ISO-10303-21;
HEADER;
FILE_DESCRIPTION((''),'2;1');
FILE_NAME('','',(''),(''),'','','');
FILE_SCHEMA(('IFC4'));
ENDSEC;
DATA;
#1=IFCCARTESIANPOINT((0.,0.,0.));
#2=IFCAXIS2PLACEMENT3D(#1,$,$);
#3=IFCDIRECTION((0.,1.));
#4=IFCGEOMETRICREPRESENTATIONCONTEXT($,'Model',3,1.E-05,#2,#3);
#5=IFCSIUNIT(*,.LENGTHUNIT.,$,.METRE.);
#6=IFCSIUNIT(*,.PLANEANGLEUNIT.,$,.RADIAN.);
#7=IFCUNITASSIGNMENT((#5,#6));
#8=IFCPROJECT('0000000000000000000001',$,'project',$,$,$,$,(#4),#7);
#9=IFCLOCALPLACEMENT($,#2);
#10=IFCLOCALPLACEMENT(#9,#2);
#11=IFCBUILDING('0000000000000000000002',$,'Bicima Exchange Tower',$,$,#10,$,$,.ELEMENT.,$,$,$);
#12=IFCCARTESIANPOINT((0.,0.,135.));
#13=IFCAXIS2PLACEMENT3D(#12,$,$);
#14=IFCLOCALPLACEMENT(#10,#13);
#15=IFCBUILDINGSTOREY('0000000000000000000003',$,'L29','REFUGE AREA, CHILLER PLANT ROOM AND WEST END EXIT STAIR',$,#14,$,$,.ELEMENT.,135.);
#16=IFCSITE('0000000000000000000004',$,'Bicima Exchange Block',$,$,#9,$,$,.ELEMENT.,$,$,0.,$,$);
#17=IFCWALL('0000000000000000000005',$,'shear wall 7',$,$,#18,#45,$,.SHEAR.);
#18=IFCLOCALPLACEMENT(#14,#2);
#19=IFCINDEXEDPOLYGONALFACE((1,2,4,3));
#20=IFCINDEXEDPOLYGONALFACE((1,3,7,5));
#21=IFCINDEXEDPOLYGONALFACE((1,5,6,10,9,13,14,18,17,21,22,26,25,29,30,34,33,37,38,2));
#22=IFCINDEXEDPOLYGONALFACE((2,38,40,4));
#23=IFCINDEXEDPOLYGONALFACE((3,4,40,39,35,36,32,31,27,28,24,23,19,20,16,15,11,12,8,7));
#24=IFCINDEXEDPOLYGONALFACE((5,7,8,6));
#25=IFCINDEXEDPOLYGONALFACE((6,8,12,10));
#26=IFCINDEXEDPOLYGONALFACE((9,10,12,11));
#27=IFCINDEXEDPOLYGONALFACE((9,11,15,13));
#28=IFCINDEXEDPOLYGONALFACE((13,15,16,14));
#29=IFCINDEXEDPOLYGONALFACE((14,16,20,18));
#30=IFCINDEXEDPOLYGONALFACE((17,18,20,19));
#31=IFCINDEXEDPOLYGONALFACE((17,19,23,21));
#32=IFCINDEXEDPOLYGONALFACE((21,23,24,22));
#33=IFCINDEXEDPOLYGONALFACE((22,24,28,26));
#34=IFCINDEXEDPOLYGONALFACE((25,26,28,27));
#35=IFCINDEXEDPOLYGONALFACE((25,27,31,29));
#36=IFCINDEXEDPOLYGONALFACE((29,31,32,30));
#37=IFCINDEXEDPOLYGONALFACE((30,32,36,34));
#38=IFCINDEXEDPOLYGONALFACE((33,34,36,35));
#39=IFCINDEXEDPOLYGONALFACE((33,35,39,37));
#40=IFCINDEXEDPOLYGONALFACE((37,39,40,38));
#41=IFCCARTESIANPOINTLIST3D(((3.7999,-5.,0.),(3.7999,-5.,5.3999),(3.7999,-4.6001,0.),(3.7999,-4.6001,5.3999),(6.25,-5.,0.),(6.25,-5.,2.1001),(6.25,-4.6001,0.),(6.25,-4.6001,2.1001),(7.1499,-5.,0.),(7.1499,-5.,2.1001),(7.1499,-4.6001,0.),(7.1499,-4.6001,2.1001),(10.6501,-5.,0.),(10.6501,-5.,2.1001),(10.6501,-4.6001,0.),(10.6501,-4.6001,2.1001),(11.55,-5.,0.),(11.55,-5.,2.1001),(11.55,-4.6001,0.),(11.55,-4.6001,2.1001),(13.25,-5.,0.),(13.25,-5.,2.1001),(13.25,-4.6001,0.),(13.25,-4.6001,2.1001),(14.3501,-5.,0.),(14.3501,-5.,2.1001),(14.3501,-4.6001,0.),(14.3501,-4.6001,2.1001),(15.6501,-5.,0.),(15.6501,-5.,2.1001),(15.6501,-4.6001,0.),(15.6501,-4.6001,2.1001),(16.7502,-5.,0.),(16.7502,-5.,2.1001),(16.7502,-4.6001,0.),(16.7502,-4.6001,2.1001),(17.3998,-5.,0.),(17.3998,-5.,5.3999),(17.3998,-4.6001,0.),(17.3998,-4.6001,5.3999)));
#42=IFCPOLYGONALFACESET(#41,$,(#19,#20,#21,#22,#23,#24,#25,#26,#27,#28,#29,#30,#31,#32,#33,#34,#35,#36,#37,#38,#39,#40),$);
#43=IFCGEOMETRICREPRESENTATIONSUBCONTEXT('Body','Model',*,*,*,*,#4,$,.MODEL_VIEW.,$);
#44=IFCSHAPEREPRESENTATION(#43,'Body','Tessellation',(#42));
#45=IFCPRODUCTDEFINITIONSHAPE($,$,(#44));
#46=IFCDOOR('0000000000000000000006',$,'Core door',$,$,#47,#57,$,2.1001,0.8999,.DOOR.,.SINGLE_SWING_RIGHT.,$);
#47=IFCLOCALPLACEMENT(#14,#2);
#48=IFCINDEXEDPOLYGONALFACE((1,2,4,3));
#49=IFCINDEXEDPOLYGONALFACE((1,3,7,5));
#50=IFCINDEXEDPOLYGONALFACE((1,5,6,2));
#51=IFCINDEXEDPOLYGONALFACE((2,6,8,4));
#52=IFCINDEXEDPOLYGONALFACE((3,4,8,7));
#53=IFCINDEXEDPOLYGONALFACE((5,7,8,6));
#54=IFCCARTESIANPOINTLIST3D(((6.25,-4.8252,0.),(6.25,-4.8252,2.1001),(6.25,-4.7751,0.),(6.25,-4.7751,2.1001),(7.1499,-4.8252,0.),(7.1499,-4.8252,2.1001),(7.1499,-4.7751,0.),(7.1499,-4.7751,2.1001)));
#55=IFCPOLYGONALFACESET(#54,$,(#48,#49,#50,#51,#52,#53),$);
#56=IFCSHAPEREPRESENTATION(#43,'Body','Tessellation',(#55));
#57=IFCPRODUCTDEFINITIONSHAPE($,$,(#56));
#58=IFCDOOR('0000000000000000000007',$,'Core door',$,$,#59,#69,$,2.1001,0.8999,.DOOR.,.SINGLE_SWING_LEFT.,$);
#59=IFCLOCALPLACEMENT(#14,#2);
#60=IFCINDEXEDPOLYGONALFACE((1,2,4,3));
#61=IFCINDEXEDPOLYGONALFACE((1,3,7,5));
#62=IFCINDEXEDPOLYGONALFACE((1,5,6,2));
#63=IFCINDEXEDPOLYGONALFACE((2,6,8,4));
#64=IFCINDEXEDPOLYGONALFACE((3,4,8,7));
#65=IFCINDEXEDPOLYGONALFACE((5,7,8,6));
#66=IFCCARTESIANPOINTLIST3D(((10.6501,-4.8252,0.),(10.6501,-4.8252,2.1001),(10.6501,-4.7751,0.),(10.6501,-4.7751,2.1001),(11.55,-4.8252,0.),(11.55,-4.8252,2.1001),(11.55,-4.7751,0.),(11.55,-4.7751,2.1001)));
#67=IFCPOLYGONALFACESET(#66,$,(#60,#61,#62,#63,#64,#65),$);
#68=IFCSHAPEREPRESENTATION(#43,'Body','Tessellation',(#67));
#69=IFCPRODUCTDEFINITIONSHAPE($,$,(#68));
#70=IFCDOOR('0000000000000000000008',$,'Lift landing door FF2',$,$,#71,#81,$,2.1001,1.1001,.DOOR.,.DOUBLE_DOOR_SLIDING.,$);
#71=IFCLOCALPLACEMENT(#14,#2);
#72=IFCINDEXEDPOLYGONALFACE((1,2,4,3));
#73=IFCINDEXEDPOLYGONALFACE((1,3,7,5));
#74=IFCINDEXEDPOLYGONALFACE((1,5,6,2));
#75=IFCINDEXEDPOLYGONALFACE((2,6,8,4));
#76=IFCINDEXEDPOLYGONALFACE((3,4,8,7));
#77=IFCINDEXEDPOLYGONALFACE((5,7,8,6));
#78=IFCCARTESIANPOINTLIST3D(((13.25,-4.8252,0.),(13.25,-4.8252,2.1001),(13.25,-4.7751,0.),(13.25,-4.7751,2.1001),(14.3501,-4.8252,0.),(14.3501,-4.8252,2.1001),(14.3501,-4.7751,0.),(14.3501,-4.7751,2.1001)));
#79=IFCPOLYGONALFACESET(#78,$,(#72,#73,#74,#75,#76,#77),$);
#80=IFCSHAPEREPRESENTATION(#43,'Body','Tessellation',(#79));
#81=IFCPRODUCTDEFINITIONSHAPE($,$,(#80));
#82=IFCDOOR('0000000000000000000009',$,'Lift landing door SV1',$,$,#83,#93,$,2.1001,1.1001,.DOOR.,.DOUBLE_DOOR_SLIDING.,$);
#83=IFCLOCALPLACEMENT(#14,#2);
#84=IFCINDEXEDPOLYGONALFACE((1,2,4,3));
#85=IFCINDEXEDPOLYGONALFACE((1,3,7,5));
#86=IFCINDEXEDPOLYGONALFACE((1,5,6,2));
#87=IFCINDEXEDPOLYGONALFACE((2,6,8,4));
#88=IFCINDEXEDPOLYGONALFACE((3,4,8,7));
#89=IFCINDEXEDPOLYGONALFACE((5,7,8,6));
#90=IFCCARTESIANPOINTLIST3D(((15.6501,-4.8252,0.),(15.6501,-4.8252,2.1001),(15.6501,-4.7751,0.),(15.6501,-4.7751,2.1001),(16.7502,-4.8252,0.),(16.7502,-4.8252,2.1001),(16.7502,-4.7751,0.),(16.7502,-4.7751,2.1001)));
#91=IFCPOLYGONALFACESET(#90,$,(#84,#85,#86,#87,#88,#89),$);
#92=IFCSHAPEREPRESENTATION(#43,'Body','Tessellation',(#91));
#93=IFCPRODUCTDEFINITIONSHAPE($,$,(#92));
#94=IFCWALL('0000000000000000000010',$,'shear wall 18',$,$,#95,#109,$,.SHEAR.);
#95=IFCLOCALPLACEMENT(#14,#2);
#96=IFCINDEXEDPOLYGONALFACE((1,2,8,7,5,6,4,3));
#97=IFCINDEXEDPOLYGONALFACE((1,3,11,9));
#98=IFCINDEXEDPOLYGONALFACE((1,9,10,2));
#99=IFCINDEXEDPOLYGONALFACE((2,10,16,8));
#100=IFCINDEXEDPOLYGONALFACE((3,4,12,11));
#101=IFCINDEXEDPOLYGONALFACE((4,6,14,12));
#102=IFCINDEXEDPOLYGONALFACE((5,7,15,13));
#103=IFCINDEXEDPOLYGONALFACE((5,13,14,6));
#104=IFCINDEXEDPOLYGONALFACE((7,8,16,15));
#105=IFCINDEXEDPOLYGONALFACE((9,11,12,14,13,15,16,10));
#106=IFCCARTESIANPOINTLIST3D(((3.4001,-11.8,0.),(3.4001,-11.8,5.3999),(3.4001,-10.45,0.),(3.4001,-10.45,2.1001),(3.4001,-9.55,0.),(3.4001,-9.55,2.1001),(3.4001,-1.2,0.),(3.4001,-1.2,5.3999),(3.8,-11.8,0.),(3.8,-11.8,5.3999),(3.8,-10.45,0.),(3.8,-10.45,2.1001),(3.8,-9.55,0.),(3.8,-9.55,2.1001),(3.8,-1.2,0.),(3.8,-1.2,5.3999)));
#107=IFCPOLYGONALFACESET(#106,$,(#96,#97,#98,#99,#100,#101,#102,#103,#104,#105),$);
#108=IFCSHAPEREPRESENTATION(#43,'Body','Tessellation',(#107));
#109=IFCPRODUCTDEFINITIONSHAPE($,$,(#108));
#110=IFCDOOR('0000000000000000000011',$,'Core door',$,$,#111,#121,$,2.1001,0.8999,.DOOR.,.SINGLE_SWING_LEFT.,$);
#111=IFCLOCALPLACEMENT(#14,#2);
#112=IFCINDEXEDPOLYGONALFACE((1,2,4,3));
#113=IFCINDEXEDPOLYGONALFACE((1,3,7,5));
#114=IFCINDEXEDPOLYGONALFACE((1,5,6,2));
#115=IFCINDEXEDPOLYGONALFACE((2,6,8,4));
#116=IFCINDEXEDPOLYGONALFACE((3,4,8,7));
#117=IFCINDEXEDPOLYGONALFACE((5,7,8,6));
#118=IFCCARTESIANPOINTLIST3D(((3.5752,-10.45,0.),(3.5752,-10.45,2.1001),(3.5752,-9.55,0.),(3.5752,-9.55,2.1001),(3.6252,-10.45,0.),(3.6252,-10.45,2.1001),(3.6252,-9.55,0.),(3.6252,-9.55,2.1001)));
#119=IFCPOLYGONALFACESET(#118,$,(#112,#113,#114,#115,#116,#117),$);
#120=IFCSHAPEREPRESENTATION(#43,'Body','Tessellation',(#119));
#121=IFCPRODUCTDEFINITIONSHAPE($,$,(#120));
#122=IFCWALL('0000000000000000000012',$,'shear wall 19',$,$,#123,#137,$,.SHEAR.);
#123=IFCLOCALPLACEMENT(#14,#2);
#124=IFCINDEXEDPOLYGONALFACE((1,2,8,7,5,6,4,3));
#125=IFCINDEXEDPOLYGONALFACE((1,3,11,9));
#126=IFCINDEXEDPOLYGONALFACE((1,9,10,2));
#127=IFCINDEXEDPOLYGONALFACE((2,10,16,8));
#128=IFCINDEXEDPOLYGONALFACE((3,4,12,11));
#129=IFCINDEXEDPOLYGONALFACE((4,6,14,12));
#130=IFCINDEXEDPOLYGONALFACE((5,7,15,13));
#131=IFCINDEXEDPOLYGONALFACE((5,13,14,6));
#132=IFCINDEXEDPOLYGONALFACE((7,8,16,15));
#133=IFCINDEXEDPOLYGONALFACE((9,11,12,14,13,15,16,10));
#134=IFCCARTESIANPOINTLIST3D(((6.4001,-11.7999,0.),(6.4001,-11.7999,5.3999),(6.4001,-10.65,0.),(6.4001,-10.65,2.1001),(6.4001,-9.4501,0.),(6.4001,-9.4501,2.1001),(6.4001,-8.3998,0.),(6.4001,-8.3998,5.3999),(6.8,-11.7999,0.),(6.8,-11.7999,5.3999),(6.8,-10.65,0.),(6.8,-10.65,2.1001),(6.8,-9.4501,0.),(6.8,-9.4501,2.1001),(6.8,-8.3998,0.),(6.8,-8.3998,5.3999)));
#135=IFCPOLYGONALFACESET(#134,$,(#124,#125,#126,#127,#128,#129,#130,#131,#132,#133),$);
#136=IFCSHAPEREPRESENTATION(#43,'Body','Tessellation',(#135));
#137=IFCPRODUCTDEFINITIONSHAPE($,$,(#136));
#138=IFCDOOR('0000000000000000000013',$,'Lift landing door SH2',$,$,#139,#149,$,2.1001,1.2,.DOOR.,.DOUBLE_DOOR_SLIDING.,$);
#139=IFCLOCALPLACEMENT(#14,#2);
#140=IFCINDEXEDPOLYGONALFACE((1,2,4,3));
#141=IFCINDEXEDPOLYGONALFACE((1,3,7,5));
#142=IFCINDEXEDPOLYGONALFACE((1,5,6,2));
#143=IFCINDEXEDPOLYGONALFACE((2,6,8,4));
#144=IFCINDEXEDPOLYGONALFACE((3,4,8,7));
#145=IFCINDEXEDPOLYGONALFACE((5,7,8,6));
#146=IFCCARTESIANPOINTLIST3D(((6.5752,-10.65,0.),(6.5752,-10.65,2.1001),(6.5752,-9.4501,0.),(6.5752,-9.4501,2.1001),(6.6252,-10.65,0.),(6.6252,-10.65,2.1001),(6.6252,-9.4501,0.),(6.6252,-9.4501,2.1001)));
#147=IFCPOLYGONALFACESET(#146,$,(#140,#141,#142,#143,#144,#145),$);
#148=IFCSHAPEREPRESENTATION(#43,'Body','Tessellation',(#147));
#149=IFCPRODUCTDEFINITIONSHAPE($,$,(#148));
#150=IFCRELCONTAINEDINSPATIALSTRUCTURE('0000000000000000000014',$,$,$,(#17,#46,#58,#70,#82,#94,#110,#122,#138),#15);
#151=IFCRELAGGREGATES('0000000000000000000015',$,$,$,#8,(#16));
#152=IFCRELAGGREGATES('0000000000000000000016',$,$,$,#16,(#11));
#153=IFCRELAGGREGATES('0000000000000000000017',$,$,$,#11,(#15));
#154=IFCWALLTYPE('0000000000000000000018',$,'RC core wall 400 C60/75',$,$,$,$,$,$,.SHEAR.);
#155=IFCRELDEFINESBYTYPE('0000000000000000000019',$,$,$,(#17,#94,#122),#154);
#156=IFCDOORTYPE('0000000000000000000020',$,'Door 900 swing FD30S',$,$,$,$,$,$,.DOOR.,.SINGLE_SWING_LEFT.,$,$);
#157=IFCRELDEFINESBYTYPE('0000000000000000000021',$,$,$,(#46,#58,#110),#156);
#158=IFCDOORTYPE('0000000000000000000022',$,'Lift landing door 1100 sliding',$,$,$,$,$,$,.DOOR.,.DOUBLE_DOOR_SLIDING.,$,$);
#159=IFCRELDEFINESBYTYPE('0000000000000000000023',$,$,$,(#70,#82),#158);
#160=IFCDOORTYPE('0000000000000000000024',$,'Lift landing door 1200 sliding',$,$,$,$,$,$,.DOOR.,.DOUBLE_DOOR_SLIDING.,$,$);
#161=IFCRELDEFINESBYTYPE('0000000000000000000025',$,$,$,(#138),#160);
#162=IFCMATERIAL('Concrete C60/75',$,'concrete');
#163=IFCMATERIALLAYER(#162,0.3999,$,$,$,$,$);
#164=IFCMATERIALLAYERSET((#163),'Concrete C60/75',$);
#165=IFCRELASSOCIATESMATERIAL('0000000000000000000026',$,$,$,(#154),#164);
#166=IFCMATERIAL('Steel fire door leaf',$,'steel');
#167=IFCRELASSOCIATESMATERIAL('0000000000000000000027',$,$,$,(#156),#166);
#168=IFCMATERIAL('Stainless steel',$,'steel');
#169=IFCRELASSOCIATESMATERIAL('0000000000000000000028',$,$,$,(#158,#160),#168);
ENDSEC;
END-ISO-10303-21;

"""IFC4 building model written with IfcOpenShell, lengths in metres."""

from ifc_helpers import new_model, si_unit, direction, frame, frame_2d, origin, place, context, subcontext, project, spatial, rectangle, extrude, material, layer, layer_set, type_object, element, fill, save


model = new_model("IFC4")

# Units and contexts
model_context = context("Model", 3, precision=1e-05, world=origin(), true_north=direction((0.0, 1.0)))
body_context = subcontext(model_context, "Body", "Model", "MODEL_VIEW")
ifc_project = project(units=[si_unit("LENGTHUNIT", "METRE"), si_unit("PLANEANGLEUNIT", "RADIAN")], contexts=[model_context])

# Site, building, storey
site_placement = place(None, origin())
site = spatial("IfcSite", under=ifc_project, at=site_placement, Name="Bicima Exchange Block", CompositionType="ELEMENT", RefElevation=0.0)
building_placement = place(site_placement, origin())
building = spatial("IfcBuilding", under=site, at=building_placement, Name="Bicima Exchange Tower", CompositionType="ELEMENT")
storey_placement = place(building_placement, frame((0.0, 0.0, 135.0)))
storey = spatial("IfcBuildingStorey", under=building, at=storey_placement, Name="L29", Description="REFUGE AREA, CHILLER PLANT ROOM AND WEST END EXIT STAIR", CompositionType="ELEMENT", Elevation=135.0)

# Shared definitions
ifc_material_1 = material(Name="Concrete C60/75", Category="concrete")
ifc_layer_1 = layer(ifc_material_1, 0.3999)
ifc_layer_set_1 = layer_set([ifc_layer_1], Name="Concrete C60/75")
wall_type_1 = type_object("IfcWallType", Name="RC core wall 400 C60/75", PredefinedType="SHEAR", material=ifc_layer_set_1)

# Wall, openings, doors
wall_1_placement = place(storey_placement, frame((3.8, -4.8, 0.0), z_axis=(0.0, 0.0, 1.0), x_axis=(1.0, 0.0, 0.0)))
wall_1 = element("IfcWall", 1, at=wall_1_placement, inside=storey, type_object=wall_type_1, Name="shear wall 7", PredefinedType="SHEAR", context=body_context, shape_type="SweptSolid", body=[
    extrude(rectangle(XDim=13.5999, YDim=0.3999, at=frame_2d((6.7998, 0.0))), origin(), (0.0, 0.0, 1.0), 5.3999),
])
opening_1_placement = place(wall_1_placement, frame((9.45, 0.0, 0.0)))
opening_1 = element("IfcOpeningElement", 2, at=opening_1_placement, cuts=wall_1, PredefinedType="OPENING", context=body_context, shape_type="SweptSolid", body=[
    extrude(rectangle(XDim=1.1001, YDim=2.1001, at=frame_2d((0.55, 1.05))), frame((0.0, 0.2119, 0.0), z_axis=(0.0, -1.0, 0.0), x_axis=(1.0, 0.0, 0.0)), (0.0, 0.0, 1.0), 0.4238),
])
opening_2_placement = place(wall_1_placement, frame((11.8501, 0.0, 0.0)))
opening_2 = element("IfcOpeningElement", 3, at=opening_2_placement, cuts=wall_1, PredefinedType="OPENING", context=body_context, shape_type="SweptSolid", body=[
    extrude(rectangle(XDim=1.1001, YDim=2.1001, at=frame_2d((0.55, 1.05))), frame((0.0, 0.2119, 0.0), z_axis=(0.0, -1.0, 0.0), x_axis=(1.0, 0.0, 0.0)), (0.0, 0.0, 1.0), 0.4238),
])
opening_3_placement = place(wall_1_placement, frame((2.45, 0.0, 0.0)))
opening_3 = element("IfcOpeningElement", 4, at=opening_3_placement, cuts=wall_1, PredefinedType="OPENING", context=body_context, shape_type="SweptSolid", body=[
    extrude(rectangle(XDim=0.8999, YDim=2.1001, at=frame_2d((0.45, 1.05))), frame((0.0, 0.2119, 0.0), z_axis=(0.0, -1.0, 0.0), x_axis=(1.0, 0.0, 0.0)), (0.0, 0.0, 1.0), 0.4238),
])
opening_4_placement = place(wall_1_placement, frame((6.8501, 0.0, 0.0)))
opening_4 = element("IfcOpeningElement", 5, at=opening_4_placement, cuts=wall_1, PredefinedType="OPENING", context=body_context, shape_type="SweptSolid", body=[
    extrude(rectangle(XDim=0.8999, YDim=2.1001, at=frame_2d((0.45, 1.05))), frame((0.0, 0.2119, 0.0), z_axis=(0.0, -1.0, 0.0), x_axis=(1.0, 0.0, 0.0)), (0.0, 0.0, 1.0), 0.4238),
])
ifc_material_2 = material(Name="Steel fire door leaf", Category="steel")
door_type_1 = type_object("IfcDoorType", Name="Door 900 swing FD30S", OperationType="SINGLE_SWING_LEFT", PredefinedType="DOOR", material=ifc_material_2)
door_1_placement = place(opening_3_placement, origin())
door_1 = element("IfcDoor", 6, at=door_1_placement, inside=storey, type_object=door_type_1, Name="Core door", OperationType="SINGLE_SWING_RIGHT", OverallHeight=2.1001, OverallWidth=0.8999, PredefinedType="DOOR", context=body_context, shape_type="SweptSolid", body=[
    extrude(rectangle(XDim=0.8999, YDim=2.1001, at=frame_2d((0.45, 1.05))), frame((0.0, 0.0249, 0.0), z_axis=(0.0, -1.0, 0.0), x_axis=(1.0, 0.0, 0.0)), (0.0, 0.0, 1.0), 0.05),
])
fill(opening_3, door_1)
door_2_placement = place(opening_4_placement, origin())
door_2 = element("IfcDoor", 7, at=door_2_placement, inside=storey, type_object=door_type_1, Name="Core door", OperationType="SINGLE_SWING_LEFT", OverallHeight=2.1001, OverallWidth=0.8999, PredefinedType="DOOR", context=body_context, shape_type="SweptSolid", body=[
    extrude(rectangle(XDim=0.8999, YDim=2.1001, at=frame_2d((0.45, 1.05))), frame((0.0, 0.0249, 0.0), z_axis=(0.0, -1.0, 0.0), x_axis=(1.0, 0.0, 0.0)), (0.0, 0.0, 1.0), 0.05),
])
fill(opening_4, door_2)
ifc_material_3 = material(Name="Stainless steel", Category="steel")
door_type_2 = type_object("IfcDoorType", Name="Lift landing door 1100 sliding", OperationType="DOUBLE_DOOR_SLIDING", PredefinedType="DOOR", material=ifc_material_3)
door_3_placement = place(opening_1_placement, origin())
door_3 = element("IfcDoor", 8, at=door_3_placement, inside=storey, type_object=door_type_2, Name="Lift landing door FF2", OperationType="DOUBLE_DOOR_SLIDING", OverallHeight=2.1001, OverallWidth=1.1001, PredefinedType="DOOR", context=body_context, shape_type="SweptSolid", body=[
    extrude(rectangle(XDim=1.1001, YDim=2.1001, at=frame_2d((0.55, 1.05))), frame((0.0, 0.0249, 0.0), z_axis=(0.0, -1.0, 0.0), x_axis=(1.0, 0.0, 0.0)), (0.0, 0.0, 1.0), 0.05),
])
fill(opening_1, door_3)
door_4_placement = place(opening_2_placement, origin())
door_4 = element("IfcDoor", 9, at=door_4_placement, inside=storey, type_object=door_type_2, Name="Lift landing door SV1", OperationType="DOUBLE_DOOR_SLIDING", OverallHeight=2.1001, OverallWidth=1.1001, PredefinedType="DOOR", context=body_context, shape_type="SweptSolid", body=[
    extrude(rectangle(XDim=1.1001, YDim=2.1001, at=frame_2d((0.55, 1.05))), frame((0.0, 0.0249, 0.0), z_axis=(0.0, -1.0, 0.0), x_axis=(1.0, 0.0, 0.0)), (0.0, 0.0, 1.0), 0.05),
])
fill(opening_2, door_4)

# Walls, openings, doors
wall_2_placement = place(storey_placement, frame((3.6001, -11.8, 0.0), z_axis=(0.0, 0.0, 1.0), x_axis=(0.0, 1.0, 0.0)))
wall_2 = element("IfcWall", 10, at=wall_2_placement, inside=storey, type_object=wall_type_1, Name="shear wall 18", PredefinedType="SHEAR", context=body_context, shape_type="SweptSolid", body=[
    extrude(rectangle(XDim=10.6001, YDim=0.3999, at=frame_2d((5.3, 0.0))), origin(), (0.0, 0.0, 1.0), 5.3999),
])
opening_5_placement = place(wall_2_placement, frame((1.3501, 0.0, 0.0)))
opening_5 = element("IfcOpeningElement", 11, at=opening_5_placement, cuts=wall_2, PredefinedType="OPENING", context=body_context, shape_type="SweptSolid", body=[
    extrude(rectangle(XDim=0.8999, YDim=2.1001, at=frame_2d((0.45, 1.05))), frame((0.0, 0.2119, 0.0), z_axis=(0.0, -1.0, 0.0), x_axis=(1.0, 0.0, 0.0)), (0.0, 0.0, 1.0), 0.4238),
])
door_5_placement = place(opening_5_placement, origin())
door_5 = element("IfcDoor", 12, at=door_5_placement, inside=storey, type_object=door_type_1, Name="Core door", OperationType="SINGLE_SWING_LEFT", OverallHeight=2.1001, OverallWidth=0.8999, PredefinedType="DOOR", context=body_context, shape_type="SweptSolid", body=[
    extrude(rectangle(XDim=0.8999, YDim=2.1001, at=frame_2d((0.45, 1.05))), frame((0.0, 0.0249, 0.0), z_axis=(0.0, -1.0, 0.0), x_axis=(1.0, 0.0, 0.0)), (0.0, 0.0, 1.0), 0.05),
])
fill(opening_5, door_5)
wall_3_placement = place(storey_placement, frame((6.6001, -11.8, 0.0), z_axis=(0.0, 0.0, 1.0), x_axis=(0.0, 1.0, 0.0)))
wall_3 = element("IfcWall", 13, at=wall_3_placement, inside=storey, type_object=wall_type_1, Name="shear wall 19", PredefinedType="SHEAR", context=body_context, shape_type="SweptSolid", body=[
    extrude(rectangle(XDim=3.4001, YDim=0.3999, at=frame_2d((1.7002, 0.0))), origin(), (0.0, 0.0, 1.0), 5.3999),
])
opening_6_placement = place(wall_3_placement, frame((1.1499, 0.0, 0.0)))
opening_6 = element("IfcOpeningElement", 14, at=opening_6_placement, cuts=wall_3, PredefinedType="OPENING", context=body_context, shape_type="SweptSolid", body=[
    extrude(rectangle(XDim=1.2, YDim=2.1001, at=frame_2d((0.6001, 1.05))), frame((0.0, 0.2119, 0.0), z_axis=(0.0, -1.0, 0.0), x_axis=(1.0, 0.0, 0.0)), (0.0, 0.0, 1.0), 0.4238),
])
door_type_3 = type_object("IfcDoorType", Name="Lift landing door 1200 sliding", OperationType="DOUBLE_DOOR_SLIDING", PredefinedType="DOOR", material=ifc_material_3)
door_6_placement = place(opening_6_placement, origin())
door_6 = element("IfcDoor", 15, at=door_6_placement, inside=storey, type_object=door_type_3, Name="Lift landing door SH2", OperationType="DOUBLE_DOOR_SLIDING", OverallHeight=2.1001, OverallWidth=1.2, PredefinedType="DOOR", context=body_context, shape_type="SweptSolid", body=[
    extrude(rectangle(XDim=1.2, YDim=2.1001, at=frame_2d((0.6001, 1.05))), frame((0.0, 0.0249, 0.0), z_axis=(0.0, -1.0, 0.0), x_axis=(1.0, 0.0, 0.0)), (0.0, 0.0, 1.0), 0.05),
])
fill(opening_6, door_6)

save(model, "model.ifc")
